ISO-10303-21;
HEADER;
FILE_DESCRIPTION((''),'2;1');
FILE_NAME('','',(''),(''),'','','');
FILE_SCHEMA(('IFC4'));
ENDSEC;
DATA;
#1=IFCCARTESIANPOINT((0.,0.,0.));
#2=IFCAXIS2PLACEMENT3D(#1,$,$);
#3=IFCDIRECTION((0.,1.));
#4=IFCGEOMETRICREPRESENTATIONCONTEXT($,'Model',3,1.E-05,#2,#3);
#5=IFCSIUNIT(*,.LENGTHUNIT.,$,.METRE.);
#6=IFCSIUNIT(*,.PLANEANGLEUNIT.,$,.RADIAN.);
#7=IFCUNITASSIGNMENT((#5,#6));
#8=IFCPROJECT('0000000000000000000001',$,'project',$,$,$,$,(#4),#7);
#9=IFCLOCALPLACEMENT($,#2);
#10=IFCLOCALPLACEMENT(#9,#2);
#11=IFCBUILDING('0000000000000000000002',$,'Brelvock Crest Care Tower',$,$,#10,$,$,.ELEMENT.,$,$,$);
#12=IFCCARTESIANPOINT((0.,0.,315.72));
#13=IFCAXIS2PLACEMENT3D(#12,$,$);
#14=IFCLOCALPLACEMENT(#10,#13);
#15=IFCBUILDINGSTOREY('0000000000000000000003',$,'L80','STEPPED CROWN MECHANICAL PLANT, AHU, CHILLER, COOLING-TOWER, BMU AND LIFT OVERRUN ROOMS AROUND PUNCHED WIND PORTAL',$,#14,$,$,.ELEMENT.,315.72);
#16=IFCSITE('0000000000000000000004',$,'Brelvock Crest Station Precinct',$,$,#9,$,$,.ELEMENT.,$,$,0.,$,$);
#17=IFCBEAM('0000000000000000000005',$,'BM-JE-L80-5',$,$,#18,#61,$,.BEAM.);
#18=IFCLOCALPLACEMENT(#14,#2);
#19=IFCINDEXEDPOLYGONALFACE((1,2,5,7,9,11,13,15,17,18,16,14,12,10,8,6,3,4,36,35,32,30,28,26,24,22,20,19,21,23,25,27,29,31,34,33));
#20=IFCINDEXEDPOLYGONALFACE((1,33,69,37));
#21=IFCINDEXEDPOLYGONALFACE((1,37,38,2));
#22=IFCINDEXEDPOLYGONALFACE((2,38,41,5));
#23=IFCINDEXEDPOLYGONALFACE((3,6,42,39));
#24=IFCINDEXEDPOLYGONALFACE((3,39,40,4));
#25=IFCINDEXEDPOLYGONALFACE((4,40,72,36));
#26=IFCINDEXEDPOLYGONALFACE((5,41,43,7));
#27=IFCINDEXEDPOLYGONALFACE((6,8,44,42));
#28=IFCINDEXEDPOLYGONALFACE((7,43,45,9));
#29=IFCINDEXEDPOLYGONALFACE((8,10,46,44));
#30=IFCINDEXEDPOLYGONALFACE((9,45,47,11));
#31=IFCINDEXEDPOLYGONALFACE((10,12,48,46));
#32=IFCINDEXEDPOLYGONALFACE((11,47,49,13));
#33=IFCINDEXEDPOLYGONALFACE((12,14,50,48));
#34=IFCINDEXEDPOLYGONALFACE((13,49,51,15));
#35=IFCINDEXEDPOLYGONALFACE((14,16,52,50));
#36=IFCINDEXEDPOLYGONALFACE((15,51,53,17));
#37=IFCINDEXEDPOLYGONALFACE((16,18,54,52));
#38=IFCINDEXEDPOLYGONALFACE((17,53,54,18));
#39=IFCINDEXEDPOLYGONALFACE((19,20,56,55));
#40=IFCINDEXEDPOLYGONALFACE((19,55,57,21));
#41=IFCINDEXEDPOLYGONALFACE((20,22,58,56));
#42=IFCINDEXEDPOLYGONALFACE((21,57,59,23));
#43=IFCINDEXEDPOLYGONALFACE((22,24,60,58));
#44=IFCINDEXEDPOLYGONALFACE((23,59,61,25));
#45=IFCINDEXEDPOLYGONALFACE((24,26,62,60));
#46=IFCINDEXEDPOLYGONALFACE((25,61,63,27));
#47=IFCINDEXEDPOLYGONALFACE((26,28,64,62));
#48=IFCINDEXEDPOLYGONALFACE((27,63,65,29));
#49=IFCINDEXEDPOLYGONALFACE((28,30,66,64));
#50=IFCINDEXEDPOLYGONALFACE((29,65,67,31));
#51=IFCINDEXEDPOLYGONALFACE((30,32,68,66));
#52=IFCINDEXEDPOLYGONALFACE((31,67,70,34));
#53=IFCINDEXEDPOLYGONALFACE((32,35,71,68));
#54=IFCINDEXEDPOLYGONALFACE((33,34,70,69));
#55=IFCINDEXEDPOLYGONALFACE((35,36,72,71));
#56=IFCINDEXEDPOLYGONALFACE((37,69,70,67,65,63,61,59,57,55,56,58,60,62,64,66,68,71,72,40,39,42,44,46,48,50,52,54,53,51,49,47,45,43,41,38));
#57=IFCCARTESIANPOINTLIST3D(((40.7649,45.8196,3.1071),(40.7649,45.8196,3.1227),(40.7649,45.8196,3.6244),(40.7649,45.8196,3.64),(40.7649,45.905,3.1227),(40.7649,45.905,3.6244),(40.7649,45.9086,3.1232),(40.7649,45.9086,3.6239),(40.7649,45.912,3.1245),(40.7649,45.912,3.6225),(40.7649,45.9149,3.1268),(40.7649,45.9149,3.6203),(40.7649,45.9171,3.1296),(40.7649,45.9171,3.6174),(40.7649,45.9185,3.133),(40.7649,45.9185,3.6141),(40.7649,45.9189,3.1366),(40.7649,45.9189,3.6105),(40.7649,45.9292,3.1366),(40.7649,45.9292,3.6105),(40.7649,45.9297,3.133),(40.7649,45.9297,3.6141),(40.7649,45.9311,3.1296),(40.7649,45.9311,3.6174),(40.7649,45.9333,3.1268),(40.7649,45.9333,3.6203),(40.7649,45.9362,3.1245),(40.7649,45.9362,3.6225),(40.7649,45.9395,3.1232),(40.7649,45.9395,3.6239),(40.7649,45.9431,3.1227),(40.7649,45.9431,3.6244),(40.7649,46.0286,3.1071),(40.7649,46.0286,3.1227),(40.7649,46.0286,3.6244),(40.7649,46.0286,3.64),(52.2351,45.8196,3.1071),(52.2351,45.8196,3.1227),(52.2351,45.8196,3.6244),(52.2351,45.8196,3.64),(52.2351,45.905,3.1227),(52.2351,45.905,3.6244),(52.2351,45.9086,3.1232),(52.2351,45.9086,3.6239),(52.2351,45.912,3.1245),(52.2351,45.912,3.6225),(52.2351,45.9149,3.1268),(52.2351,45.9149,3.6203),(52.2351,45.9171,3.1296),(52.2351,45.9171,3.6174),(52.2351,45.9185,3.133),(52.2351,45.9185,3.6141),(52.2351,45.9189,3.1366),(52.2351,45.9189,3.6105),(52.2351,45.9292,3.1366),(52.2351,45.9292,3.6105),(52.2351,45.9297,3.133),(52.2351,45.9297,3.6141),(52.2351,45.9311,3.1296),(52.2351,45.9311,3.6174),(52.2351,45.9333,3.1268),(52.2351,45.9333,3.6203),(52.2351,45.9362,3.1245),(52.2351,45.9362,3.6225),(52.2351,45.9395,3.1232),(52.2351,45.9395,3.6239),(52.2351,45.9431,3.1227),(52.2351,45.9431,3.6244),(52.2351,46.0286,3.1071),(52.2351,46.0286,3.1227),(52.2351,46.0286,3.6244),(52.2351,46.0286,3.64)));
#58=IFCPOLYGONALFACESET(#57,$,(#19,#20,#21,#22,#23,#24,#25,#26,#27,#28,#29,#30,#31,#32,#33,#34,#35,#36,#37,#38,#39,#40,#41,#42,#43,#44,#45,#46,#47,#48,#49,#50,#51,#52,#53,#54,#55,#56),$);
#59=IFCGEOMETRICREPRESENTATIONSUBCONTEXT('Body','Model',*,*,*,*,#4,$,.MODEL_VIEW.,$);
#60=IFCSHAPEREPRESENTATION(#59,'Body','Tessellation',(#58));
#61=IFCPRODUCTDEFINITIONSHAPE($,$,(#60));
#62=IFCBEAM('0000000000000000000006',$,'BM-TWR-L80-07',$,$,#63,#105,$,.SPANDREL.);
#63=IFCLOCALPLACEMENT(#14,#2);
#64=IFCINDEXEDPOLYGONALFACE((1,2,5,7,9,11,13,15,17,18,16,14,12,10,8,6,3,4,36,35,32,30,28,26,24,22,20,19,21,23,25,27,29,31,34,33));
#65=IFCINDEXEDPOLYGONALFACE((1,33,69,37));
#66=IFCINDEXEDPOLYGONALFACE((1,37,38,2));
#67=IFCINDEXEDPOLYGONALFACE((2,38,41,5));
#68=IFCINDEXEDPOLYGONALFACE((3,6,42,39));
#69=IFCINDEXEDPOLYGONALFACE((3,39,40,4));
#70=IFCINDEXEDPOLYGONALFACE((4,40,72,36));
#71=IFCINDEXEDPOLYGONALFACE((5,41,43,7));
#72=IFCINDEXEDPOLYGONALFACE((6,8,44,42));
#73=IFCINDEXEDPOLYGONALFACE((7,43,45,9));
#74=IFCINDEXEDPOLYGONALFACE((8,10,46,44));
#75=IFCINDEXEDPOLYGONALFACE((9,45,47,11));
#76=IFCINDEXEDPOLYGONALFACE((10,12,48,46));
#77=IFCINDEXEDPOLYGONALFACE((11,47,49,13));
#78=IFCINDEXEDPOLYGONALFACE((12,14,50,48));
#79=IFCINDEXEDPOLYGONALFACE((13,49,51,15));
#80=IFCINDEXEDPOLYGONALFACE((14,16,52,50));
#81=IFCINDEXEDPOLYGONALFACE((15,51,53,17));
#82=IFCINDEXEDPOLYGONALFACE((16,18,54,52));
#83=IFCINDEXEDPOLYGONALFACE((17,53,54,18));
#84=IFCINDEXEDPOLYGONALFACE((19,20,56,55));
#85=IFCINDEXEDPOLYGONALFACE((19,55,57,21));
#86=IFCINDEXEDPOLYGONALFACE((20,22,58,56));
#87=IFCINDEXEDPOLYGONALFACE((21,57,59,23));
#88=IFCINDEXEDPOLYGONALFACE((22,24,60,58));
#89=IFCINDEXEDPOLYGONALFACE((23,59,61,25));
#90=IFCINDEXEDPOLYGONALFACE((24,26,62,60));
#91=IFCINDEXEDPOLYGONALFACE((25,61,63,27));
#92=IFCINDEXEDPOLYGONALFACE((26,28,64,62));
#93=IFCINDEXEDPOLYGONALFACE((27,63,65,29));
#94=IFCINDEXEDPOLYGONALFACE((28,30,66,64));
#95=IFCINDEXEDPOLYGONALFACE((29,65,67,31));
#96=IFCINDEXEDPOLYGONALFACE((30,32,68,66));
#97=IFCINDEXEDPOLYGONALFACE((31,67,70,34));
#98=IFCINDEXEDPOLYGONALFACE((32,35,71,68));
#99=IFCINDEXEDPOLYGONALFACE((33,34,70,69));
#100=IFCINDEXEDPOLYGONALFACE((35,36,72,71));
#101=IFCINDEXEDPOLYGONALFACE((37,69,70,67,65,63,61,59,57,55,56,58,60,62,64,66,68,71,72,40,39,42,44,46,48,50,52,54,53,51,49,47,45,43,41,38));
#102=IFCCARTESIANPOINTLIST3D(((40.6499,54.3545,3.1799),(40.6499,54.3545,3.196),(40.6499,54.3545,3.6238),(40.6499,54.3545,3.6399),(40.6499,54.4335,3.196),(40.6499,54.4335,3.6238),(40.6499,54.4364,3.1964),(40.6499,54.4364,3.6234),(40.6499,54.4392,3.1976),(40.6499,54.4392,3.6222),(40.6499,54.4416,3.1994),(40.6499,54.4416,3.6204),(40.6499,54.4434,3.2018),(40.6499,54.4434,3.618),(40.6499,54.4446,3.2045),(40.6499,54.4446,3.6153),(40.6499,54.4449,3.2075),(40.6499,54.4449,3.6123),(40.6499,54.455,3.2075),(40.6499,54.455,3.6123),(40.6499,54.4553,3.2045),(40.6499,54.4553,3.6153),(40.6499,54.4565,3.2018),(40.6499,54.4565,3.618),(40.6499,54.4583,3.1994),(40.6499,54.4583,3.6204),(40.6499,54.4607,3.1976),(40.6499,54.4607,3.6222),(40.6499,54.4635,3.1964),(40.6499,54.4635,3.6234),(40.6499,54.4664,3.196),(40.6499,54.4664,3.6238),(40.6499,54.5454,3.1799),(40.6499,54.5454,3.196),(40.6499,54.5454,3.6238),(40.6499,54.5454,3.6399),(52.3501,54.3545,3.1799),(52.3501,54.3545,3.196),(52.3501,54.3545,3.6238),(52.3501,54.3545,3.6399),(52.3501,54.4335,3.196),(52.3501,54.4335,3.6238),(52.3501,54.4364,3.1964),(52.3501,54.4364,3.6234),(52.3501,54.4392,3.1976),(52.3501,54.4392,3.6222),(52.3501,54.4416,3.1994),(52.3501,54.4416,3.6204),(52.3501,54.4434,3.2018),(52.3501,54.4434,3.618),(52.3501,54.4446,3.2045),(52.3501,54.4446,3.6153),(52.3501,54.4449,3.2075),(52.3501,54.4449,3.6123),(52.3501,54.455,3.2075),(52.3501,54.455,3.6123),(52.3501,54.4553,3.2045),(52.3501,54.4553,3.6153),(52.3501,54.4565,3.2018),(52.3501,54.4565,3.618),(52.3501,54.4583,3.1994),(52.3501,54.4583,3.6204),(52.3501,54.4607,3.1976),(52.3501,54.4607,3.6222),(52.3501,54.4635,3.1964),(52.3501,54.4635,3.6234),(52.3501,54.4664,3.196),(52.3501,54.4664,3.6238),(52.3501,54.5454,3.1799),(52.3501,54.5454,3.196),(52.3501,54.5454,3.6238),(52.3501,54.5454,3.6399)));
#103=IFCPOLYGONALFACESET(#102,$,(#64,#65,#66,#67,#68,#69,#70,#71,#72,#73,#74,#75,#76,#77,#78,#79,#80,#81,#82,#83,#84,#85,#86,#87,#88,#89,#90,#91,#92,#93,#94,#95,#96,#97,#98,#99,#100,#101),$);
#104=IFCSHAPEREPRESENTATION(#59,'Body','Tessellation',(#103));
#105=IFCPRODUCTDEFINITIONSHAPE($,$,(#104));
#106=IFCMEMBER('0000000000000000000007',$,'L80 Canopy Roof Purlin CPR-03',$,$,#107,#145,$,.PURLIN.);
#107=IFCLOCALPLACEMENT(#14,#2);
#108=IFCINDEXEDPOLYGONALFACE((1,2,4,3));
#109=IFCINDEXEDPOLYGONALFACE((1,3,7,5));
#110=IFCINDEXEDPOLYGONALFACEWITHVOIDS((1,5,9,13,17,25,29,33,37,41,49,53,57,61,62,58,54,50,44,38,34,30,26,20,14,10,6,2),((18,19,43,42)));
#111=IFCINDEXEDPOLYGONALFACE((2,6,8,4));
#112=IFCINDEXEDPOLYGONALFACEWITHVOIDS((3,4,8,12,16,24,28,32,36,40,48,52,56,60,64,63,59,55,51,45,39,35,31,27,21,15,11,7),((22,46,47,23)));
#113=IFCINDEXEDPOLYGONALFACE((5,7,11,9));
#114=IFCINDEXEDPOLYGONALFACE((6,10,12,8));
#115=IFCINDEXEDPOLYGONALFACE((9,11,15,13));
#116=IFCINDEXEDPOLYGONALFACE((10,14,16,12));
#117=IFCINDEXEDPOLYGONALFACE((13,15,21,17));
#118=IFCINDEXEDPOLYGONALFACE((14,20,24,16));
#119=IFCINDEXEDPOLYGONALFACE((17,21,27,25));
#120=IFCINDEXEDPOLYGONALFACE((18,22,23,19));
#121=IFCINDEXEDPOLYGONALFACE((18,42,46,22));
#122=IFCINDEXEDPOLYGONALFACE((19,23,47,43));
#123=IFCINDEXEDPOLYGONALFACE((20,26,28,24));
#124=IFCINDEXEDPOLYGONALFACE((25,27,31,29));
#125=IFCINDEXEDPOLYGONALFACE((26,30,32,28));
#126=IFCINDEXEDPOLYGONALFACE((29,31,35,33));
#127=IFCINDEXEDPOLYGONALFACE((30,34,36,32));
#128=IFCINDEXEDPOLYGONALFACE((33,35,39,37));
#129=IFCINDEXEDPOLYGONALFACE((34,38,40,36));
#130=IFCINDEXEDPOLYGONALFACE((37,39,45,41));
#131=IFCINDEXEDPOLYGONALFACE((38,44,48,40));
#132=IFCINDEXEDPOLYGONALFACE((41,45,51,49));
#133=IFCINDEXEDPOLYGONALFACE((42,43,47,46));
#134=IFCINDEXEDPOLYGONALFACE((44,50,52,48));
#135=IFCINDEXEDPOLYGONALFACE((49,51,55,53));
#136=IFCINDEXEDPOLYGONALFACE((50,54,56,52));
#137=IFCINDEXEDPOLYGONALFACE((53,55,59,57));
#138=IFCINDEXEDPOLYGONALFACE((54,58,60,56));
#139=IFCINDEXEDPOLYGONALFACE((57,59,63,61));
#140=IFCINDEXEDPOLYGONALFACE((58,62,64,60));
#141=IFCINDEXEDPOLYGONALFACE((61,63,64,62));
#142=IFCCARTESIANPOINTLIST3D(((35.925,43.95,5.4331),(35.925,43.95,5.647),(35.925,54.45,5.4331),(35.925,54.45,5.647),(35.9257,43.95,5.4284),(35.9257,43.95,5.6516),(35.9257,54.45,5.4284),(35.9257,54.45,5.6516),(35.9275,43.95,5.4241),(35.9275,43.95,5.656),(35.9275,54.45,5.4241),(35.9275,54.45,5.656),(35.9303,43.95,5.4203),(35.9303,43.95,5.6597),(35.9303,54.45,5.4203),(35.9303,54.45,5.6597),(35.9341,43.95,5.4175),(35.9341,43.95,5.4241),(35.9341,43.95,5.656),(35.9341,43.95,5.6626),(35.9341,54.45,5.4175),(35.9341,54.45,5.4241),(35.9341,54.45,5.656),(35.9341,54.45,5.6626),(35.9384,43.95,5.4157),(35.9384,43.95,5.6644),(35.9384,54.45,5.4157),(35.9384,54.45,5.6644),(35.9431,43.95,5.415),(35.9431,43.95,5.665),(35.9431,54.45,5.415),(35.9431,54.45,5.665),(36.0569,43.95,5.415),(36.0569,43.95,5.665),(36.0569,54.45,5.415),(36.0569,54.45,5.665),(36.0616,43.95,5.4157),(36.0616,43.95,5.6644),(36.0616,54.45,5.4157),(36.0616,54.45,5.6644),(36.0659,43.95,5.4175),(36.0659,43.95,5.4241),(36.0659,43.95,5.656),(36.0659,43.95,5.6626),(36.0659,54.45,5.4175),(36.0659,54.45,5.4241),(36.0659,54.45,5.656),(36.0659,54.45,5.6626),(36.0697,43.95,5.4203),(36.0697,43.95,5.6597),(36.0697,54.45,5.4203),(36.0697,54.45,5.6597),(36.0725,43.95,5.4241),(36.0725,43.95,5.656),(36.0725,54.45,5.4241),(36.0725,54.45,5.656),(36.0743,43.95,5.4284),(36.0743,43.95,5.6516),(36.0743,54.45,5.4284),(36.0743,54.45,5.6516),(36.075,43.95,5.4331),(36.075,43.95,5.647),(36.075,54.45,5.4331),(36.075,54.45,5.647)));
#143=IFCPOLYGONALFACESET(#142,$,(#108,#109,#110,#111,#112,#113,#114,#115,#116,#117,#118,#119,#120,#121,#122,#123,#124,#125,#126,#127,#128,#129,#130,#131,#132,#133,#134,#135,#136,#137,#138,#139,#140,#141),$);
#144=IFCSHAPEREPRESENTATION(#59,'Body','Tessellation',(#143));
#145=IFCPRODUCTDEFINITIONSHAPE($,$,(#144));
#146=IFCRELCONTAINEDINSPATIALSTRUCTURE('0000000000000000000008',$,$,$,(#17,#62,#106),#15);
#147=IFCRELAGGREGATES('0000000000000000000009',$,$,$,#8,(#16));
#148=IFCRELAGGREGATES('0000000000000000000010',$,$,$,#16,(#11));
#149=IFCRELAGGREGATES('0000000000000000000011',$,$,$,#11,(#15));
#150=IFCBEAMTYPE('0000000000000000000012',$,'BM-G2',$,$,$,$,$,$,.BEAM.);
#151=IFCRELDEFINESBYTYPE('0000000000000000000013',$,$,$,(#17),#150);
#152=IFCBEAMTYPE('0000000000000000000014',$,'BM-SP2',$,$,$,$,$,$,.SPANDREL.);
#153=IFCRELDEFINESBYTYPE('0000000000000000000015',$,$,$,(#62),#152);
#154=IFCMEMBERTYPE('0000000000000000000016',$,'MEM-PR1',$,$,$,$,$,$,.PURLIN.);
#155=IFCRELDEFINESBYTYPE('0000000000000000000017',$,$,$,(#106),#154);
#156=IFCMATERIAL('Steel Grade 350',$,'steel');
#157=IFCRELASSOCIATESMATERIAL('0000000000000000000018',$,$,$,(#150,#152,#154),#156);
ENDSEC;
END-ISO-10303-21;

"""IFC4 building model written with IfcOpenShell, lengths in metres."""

from ifc_helpers import new_model, si_unit, direction, frame, origin, origin_2d, place, context, subcontext, project, spatial, hollow_rectangle, i_section, extrude, source, transform, mapped, material, material_profile, profile_set, type_object, element, save


model = new_model("IFC4")

# Units and contexts
model_context = context("Model", 3, precision=1e-05, world=origin(), true_north=direction((0.0, 1.0)))
body_context = subcontext(model_context, "Body", "Model", "MODEL_VIEW")
ifc_project = project(units=[si_unit("LENGTHUNIT", "METRE"), si_unit("PLANEANGLEUNIT", "RADIAN")], contexts=[model_context])

# Site, building, storey
site_placement = place(None, origin())
site = spatial("IfcSite", under=ifc_project, at=site_placement, Name="Brelvock Crest Station Precinct", CompositionType="ELEMENT", RefElevation=0.0)
building_placement = place(site_placement, origin())
building = spatial("IfcBuilding", under=site, at=building_placement, Name="Brelvock Crest Care Tower", CompositionType="ELEMENT")
storey_placement = place(building_placement, frame((0.0, 0.0, 315.72)))
storey = spatial("IfcBuildingStorey", under=building, at=storey_placement, Name="L80", Description="STEPPED CROWN MECHANICAL PLANT, AHU, CHILLER, COOLING-TOWER, BMU AND LIFT OVERRUN ROOMS AROUND PUNCHED WIND PORTAL", CompositionType="ELEMENT", Elevation=315.72)

# Shared definitions
ifc_material_1 = material(Name="Steel Grade 350", Category="steel")

# Beams
ifc_material_profile_1 = material_profile(ifc_material_1, i_section(OverallWidth=0.209, OverallDepth=0.533, WebThickness=0.0103, FlangeThickness=0.0156, FilletRadius=0.0139, at=origin_2d()), Name="530UB92.4")
ifc_profile_set_1 = profile_set([ifc_material_profile_1], Name="Steel Grade 350")
beam_type_1 = type_object("IfcBeamType", Name="BM-G2", PredefinedType="BEAM", material=ifc_profile_set_1)
shared_shape_1 = source(origin(), body_context, "Body", "SweptSolid", [
    extrude(i_section(OverallWidth=0.209, OverallDepth=0.533, WebThickness=0.0103, FlangeThickness=0.0156, FilletRadius=0.0139, at=origin_2d()), origin(), (0.0, 0.0, 1.0), 11.4702),
])
for number, where, z_axis, x_axis, name in (
    (1, (40.7649, 45.9241, 3.3735), (1.0, 0.0, 0.0), (0.0, 1.0, 0.0), "BM-JE-L80-5"),
):
    element("IfcBeam", number, at=place(storey_placement, frame(where, z_axis=z_axis, x_axis=x_axis)), inside=storey, type_object=beam_type_1, Name=name, PredefinedType="BEAM", context=body_context, shape_type="MappedRepresentation", body=[
        mapped(shared_shape_1, transform((0.0, 0.0, 0.0), x_axis=(1.0, 0.0, 0.0), y_axis=(0.0, 1.0, 0.0), z_axis=(0.0, 0.0, 1.0), scale=1.0)),
    ])
ifc_material_profile_2 = material_profile(ifc_material_1, i_section(OverallWidth=0.1909, OverallDepth=0.46, WebThickness=0.01, FlangeThickness=0.0161, FilletRadius=0.0115, at=origin_2d()), Name="460UB82.1")
ifc_profile_set_2 = profile_set([ifc_material_profile_2], Name="Steel Grade 350")
beam_type_2 = type_object("IfcBeamType", Name="BM-SP2", PredefinedType="SPANDREL", material=ifc_profile_set_2)
shared_shape_2 = source(origin(), body_context, "Body", "SweptSolid", [
    extrude(i_section(OverallWidth=0.1909, OverallDepth=0.46, WebThickness=0.01, FlangeThickness=0.0161, FilletRadius=0.0115, at=origin_2d()), origin(), (0.0, 0.0, 1.0), 11.7002),
])
beam_placement = place(storey_placement, frame((40.6499, 54.45, 3.4099), z_axis=(1.0, 0.0, 0.0), x_axis=(0.0, 1.0, 0.0)))
element("IfcBeam", 2, at=beam_placement, inside=storey, type_object=beam_type_2, Name="BM-TWR-L80-07", PredefinedType="SPANDREL", context=body_context, shape_type="MappedRepresentation", body=[
    mapped(shared_shape_2, transform((0.0, 0.0, 0.0), x_axis=(1.0, 0.0, 0.0), y_axis=(0.0, 1.0, 0.0), z_axis=(0.0, 0.0, 1.0), scale=1.0)),
])

# Member
ifc_material_profile_3 = material_profile(ifc_material_1, hollow_rectangle(XDim=0.1499, YDim=0.25, WallThickness=0.009, OuterFilletRadius=0.0181, at=origin_2d()), Name="RHS250x150x9.0")
ifc_profile_set_3 = profile_set([ifc_material_profile_3], Name="Steel Grade 350")
member_type_1 = type_object("IfcMemberType", Name="MEM-PR1", PredefinedType="PURLIN", material=ifc_profile_set_3)
shared_shape_3 = source(origin(), body_context, "Body", "SweptSolid", [
    extrude(hollow_rectangle(XDim=0.1499, YDim=0.25, WallThickness=0.009, OuterFilletRadius=0.0181, at=origin_2d()), origin(), (0.0, 0.0, 1.0), 10.5),
])
member_1_placement = place(storey_placement, frame((36.0, 43.95, 5.54), z_axis=(0.0, 1.0, 0.0), x_axis=(-1.0, 0.0, 0.0)))
element("IfcMember", 3, at=member_1_placement, inside=storey, type_object=member_type_1, Name="L80 Canopy Roof Purlin CPR-03", PredefinedType="PURLIN", context=body_context, shape_type="MappedRepresentation", body=[
    mapped(shared_shape_3, transform((0.0, 0.0, 0.0), x_axis=(1.0, 0.0, 0.0), y_axis=(0.0, 1.0, 0.0), z_axis=(0.0, 0.0, 1.0), scale=1.0)),
])

save(model, "model.ifc")
